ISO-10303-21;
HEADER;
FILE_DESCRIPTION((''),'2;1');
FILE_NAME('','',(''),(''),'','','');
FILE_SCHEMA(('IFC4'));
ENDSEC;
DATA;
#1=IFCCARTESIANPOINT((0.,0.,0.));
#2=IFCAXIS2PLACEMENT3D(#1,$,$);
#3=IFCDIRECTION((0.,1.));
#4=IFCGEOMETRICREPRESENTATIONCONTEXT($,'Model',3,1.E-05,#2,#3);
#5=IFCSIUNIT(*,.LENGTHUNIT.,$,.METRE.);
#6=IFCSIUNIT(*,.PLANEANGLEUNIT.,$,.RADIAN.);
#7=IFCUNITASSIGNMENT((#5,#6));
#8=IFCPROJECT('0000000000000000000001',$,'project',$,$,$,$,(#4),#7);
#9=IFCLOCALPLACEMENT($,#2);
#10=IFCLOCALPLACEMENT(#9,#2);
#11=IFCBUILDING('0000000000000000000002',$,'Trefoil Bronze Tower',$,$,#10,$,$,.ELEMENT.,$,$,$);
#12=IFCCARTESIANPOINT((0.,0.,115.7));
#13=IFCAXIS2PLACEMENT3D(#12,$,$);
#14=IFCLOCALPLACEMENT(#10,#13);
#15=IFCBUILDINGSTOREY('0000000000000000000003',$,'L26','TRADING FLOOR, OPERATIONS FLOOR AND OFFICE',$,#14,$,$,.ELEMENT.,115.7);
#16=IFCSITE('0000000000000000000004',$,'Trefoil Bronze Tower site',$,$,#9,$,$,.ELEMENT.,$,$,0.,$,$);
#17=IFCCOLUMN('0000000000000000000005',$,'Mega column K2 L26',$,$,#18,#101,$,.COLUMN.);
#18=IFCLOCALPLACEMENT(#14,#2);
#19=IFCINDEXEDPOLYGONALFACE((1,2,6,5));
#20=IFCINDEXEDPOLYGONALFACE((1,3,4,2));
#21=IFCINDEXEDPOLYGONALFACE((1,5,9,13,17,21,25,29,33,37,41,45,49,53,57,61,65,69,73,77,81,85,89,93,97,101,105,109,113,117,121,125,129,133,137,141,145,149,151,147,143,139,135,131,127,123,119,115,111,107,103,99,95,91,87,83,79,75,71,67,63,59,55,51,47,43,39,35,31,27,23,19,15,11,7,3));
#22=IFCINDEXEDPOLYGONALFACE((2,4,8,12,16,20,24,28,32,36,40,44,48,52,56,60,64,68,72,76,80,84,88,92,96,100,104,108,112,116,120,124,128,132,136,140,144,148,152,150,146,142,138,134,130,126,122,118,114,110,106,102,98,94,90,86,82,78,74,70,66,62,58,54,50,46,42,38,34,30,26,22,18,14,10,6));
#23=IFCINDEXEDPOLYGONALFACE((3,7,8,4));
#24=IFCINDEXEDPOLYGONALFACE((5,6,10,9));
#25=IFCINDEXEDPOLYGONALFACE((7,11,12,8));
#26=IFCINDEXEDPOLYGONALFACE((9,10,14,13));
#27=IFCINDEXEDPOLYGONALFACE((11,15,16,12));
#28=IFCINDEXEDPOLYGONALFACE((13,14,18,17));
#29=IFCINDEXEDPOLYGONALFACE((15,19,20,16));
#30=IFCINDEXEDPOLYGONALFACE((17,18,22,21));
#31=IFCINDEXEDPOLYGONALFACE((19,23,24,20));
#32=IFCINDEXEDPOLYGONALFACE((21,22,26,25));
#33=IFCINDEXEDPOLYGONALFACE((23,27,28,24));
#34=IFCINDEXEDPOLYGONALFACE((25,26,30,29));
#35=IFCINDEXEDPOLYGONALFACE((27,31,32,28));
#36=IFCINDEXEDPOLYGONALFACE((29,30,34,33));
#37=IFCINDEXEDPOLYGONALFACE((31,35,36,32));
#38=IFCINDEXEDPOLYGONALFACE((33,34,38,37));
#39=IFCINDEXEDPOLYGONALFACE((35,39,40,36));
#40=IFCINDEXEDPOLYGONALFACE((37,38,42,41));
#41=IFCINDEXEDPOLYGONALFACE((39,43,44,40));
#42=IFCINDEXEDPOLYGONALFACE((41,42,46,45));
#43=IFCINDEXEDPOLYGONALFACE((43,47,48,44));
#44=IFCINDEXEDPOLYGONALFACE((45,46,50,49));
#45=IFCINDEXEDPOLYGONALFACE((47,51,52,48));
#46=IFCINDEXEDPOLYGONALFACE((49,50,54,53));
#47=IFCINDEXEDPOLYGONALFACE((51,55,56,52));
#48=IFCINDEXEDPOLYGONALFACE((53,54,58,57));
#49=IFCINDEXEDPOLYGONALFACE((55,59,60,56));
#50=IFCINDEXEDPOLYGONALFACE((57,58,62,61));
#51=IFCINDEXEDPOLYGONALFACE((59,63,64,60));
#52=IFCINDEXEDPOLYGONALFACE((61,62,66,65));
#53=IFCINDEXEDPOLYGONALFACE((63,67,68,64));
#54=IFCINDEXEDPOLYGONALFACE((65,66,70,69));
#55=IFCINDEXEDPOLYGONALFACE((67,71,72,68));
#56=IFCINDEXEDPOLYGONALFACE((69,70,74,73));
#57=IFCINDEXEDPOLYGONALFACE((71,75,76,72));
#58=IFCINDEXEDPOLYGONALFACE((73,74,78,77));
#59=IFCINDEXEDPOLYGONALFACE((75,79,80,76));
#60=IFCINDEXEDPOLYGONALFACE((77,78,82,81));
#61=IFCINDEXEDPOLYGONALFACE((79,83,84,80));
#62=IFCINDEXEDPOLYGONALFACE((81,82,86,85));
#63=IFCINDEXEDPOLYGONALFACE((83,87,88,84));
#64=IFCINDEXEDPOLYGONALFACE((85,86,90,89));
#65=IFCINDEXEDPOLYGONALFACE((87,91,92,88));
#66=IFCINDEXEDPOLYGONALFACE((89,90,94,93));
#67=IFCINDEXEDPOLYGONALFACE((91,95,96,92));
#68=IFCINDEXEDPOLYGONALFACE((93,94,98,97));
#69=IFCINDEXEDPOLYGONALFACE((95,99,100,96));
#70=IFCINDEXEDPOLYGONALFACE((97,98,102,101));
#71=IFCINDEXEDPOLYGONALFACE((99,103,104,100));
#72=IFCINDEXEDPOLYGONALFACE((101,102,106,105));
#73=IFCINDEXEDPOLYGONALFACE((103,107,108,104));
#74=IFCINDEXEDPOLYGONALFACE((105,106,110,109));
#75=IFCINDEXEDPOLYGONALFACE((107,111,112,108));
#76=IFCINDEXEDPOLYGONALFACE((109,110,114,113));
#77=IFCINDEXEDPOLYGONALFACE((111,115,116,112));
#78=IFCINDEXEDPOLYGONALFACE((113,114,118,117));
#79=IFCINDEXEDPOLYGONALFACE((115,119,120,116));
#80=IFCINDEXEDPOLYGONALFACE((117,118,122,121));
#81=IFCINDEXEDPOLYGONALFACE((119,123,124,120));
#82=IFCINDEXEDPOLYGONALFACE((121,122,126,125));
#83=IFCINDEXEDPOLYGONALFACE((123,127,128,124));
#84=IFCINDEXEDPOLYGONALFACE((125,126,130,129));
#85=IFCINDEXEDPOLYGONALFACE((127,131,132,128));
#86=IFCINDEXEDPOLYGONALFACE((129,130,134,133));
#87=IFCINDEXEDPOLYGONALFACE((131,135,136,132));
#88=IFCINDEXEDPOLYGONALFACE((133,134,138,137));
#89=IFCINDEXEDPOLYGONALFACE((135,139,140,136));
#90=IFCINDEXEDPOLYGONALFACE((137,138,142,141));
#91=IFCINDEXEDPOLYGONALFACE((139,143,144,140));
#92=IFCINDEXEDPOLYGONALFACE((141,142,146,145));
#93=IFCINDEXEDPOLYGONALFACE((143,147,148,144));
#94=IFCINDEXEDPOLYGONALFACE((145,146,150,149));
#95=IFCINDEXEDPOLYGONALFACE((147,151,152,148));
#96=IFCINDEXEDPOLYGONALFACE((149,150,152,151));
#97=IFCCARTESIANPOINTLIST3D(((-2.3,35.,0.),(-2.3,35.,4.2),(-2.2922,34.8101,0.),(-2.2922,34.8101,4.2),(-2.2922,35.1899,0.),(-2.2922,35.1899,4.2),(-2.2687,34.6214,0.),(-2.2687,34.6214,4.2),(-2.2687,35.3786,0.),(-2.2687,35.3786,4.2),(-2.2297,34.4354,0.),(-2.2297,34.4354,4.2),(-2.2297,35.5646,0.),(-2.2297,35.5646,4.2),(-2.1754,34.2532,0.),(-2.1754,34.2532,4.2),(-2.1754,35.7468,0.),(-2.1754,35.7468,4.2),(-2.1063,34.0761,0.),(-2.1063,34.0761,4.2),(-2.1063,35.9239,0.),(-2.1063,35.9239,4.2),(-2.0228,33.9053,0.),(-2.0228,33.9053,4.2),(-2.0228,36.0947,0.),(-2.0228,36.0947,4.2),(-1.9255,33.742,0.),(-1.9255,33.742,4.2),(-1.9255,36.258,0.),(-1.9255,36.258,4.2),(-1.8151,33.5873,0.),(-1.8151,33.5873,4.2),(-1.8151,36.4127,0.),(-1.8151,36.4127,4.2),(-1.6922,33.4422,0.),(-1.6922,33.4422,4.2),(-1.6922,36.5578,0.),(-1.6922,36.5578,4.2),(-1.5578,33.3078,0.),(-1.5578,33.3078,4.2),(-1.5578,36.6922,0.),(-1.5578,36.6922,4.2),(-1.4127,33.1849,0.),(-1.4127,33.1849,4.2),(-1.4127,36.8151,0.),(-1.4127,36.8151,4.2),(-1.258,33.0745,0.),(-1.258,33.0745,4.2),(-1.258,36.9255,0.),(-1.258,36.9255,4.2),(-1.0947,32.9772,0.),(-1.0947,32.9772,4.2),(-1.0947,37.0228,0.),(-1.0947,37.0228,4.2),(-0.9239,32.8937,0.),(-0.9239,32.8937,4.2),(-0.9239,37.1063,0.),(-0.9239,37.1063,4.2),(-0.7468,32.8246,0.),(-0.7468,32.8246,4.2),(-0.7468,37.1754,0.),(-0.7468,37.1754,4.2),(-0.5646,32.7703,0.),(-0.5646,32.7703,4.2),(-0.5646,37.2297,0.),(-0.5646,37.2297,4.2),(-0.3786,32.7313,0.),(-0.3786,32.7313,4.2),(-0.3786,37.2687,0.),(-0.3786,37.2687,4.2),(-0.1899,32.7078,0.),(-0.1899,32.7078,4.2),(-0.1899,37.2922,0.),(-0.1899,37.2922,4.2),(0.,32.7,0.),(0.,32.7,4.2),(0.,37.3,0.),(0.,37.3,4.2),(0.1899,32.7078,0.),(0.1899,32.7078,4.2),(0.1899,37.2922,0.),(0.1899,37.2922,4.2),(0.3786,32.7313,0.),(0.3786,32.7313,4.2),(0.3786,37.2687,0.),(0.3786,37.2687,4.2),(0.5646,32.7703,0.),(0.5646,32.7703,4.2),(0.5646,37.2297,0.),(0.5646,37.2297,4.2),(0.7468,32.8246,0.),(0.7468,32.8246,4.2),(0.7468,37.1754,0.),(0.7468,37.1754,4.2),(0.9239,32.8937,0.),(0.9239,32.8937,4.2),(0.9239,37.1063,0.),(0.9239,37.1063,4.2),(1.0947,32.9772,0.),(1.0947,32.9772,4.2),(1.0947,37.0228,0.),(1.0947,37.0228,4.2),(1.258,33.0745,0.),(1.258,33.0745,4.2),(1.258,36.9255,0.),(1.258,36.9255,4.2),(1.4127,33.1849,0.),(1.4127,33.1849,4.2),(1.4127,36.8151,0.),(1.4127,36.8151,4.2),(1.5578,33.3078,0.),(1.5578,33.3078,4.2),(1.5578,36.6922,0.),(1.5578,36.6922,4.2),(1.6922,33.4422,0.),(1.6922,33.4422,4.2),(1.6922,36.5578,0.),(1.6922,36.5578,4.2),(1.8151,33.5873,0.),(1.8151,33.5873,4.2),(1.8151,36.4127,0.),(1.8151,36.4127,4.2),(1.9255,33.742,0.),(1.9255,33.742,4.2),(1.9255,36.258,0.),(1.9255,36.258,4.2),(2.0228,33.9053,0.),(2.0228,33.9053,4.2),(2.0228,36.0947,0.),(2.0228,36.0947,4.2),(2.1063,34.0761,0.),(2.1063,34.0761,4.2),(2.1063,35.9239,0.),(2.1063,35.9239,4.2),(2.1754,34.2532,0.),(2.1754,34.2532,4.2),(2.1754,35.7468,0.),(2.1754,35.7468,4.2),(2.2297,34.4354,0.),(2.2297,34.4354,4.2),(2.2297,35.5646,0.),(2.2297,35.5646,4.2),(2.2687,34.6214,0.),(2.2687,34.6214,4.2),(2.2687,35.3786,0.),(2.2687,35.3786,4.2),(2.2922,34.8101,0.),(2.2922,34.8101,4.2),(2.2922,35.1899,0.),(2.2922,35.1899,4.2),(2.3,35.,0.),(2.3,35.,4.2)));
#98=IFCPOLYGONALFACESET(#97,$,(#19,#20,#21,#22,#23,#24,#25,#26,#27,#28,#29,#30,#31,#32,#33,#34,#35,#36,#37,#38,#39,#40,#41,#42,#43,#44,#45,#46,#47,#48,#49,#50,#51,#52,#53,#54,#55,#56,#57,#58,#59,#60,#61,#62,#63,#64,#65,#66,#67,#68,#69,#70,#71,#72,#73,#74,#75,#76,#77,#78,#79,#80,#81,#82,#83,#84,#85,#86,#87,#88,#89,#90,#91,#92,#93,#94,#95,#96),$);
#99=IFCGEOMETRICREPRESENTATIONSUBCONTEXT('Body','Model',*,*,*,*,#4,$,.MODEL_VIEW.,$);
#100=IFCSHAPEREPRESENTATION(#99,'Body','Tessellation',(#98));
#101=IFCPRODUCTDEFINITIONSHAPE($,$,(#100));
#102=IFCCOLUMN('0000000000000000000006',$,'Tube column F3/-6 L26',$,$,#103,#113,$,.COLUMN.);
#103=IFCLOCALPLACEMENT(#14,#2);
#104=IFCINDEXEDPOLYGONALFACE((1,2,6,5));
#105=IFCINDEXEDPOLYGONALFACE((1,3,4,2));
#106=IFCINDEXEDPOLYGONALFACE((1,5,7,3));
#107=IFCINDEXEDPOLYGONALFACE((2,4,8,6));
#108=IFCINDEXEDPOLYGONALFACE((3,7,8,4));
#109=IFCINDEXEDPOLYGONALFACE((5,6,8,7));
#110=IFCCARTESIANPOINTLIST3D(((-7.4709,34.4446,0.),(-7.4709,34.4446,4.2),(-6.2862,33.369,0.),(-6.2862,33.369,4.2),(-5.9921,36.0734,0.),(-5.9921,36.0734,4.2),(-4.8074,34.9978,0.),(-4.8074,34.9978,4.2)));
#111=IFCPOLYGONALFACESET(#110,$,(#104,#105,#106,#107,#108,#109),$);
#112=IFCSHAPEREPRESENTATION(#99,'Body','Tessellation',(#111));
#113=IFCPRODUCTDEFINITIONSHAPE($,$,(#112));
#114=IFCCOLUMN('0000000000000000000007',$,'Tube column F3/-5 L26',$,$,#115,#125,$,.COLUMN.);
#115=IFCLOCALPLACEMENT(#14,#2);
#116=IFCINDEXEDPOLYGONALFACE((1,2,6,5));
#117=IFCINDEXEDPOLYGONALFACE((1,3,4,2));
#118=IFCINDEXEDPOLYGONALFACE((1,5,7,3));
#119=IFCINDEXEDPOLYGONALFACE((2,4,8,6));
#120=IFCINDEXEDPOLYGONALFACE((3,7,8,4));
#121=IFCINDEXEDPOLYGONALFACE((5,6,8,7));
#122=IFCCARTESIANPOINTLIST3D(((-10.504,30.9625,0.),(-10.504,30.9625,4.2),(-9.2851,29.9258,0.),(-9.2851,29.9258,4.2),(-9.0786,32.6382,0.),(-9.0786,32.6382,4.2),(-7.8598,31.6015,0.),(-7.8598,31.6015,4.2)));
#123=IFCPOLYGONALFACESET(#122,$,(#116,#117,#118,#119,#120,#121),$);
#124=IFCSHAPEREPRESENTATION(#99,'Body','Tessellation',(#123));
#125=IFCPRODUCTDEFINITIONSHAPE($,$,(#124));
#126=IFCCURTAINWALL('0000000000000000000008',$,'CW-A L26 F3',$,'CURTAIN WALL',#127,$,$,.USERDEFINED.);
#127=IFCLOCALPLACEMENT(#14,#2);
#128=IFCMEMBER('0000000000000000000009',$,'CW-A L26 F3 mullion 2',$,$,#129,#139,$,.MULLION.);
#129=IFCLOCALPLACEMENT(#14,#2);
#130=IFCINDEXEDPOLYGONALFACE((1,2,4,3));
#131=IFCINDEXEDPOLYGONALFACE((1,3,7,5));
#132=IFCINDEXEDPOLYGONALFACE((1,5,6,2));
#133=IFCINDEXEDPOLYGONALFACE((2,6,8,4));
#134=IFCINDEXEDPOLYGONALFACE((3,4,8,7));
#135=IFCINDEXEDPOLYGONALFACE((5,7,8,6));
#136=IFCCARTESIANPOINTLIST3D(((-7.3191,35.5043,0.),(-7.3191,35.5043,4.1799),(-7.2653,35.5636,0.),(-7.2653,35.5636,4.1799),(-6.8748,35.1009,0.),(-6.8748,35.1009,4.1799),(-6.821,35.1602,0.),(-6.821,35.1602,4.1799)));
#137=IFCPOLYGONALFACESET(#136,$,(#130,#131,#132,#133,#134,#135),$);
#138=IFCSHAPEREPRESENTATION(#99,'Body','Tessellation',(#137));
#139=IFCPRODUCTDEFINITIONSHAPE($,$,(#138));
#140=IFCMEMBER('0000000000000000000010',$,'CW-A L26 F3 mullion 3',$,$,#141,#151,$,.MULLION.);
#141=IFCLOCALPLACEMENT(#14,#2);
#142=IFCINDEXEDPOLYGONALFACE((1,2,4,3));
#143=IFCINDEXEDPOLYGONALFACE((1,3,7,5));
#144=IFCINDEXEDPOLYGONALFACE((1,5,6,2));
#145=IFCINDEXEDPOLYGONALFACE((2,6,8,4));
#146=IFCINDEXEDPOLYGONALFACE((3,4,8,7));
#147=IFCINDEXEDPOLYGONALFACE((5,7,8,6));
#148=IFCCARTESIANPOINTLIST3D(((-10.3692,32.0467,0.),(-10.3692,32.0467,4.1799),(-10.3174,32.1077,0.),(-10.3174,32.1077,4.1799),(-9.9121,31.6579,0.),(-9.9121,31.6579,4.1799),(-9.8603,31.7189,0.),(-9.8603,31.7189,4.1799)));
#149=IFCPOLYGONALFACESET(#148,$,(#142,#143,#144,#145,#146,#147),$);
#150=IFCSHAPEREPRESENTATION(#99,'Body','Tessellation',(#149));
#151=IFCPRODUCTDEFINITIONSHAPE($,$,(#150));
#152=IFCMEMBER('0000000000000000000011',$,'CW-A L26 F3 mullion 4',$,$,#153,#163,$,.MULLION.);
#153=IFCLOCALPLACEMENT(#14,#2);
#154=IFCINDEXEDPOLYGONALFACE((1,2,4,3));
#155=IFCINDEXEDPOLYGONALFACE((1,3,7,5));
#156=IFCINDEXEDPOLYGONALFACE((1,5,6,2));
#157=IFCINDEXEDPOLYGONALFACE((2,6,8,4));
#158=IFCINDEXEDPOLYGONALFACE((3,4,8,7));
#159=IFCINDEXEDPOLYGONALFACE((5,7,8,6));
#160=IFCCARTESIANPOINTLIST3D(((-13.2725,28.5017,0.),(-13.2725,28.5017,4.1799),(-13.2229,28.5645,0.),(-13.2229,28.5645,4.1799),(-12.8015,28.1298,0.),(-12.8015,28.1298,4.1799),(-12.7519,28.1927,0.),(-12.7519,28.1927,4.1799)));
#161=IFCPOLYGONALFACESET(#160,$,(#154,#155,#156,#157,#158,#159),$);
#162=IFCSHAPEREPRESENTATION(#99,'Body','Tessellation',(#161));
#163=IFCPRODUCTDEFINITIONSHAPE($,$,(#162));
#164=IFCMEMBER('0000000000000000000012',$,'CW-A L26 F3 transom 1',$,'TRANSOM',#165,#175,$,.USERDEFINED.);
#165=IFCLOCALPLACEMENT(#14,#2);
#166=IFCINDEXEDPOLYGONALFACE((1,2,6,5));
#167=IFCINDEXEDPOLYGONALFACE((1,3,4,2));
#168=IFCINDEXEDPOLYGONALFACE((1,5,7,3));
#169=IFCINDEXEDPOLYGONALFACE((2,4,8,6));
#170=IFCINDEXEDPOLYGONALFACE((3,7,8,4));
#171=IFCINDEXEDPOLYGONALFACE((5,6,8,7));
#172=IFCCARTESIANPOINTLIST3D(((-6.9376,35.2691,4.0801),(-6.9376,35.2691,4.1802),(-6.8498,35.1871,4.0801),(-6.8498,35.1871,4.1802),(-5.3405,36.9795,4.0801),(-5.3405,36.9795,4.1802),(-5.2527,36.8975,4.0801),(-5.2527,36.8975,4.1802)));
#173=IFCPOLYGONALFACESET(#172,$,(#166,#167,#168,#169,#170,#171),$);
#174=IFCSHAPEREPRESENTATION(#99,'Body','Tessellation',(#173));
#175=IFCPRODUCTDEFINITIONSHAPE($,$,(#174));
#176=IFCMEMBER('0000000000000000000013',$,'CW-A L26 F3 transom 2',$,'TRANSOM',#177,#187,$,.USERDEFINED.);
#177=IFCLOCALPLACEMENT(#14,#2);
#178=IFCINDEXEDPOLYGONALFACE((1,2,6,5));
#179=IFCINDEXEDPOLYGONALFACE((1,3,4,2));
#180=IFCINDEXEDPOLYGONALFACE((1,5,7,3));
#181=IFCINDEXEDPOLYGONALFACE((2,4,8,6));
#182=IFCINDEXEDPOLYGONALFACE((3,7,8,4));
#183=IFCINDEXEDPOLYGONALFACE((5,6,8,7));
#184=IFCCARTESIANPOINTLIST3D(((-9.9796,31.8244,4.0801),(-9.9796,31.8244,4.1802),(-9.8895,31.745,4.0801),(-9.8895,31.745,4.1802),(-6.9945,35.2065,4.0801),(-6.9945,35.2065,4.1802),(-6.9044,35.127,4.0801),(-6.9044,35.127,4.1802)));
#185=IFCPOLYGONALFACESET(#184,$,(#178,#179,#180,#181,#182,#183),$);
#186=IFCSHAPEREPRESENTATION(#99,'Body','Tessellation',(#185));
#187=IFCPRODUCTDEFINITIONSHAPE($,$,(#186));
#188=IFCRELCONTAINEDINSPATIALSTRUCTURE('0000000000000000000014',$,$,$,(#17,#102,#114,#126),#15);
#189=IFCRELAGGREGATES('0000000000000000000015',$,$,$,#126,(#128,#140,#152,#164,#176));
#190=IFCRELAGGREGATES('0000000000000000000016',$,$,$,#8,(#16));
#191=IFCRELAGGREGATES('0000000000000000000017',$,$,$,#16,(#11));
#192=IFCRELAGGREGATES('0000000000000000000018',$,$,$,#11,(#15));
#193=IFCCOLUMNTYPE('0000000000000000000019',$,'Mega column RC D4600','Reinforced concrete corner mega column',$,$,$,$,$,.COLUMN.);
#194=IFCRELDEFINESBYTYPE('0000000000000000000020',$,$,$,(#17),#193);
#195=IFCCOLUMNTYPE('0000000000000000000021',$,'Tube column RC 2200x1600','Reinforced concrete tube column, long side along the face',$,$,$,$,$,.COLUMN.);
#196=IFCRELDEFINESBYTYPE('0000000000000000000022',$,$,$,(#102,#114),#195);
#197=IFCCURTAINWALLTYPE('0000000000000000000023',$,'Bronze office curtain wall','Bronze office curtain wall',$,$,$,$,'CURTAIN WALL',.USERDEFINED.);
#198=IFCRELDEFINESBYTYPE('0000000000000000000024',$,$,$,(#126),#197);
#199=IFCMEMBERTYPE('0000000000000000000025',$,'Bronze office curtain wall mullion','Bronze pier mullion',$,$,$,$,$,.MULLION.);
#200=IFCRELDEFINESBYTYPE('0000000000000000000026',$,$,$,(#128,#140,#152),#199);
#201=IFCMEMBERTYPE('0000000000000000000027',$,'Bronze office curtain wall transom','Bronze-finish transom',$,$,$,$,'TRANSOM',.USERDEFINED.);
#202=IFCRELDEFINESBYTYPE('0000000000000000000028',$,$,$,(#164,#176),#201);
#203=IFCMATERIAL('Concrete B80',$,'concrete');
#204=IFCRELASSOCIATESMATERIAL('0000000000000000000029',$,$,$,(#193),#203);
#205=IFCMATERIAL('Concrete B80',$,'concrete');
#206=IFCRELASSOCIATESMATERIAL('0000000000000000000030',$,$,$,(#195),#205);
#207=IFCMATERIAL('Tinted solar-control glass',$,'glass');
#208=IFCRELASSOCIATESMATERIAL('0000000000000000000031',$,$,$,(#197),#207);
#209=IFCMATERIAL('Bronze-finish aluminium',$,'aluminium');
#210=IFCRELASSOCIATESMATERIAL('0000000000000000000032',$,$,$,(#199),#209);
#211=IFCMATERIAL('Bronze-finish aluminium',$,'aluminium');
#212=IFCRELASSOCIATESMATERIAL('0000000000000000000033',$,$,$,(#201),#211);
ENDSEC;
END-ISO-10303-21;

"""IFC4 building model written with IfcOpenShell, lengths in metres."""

from ifc_helpers import new_model, si_unit, direction, frame, origin, origin_2d, place, context, subcontext, project, spatial, rectangle, circle, extrude, material, material_profile, profile_set, type_object, element, aggregate, save


model = new_model("IFC4")

# Units and contexts
model_context = context("Model", 3, precision=1e-05, world=origin(), true_north=direction((0.0, 1.0)))
body_context = subcontext(model_context, "Body", "Model", "MODEL_VIEW")
ifc_project = project(units=[si_unit("LENGTHUNIT", "METRE"), si_unit("PLANEANGLEUNIT", "RADIAN")], contexts=[model_context])

# Site, building, storey
site_placement = place(None, origin())
site = spatial("IfcSite", under=ifc_project, at=site_placement, Name="Trefoil Bronze Tower site", CompositionType="ELEMENT", RefElevation=0.0)
building_placement = place(site_placement, origin())
building = spatial("IfcBuilding", under=site, at=building_placement, Name="Trefoil Bronze Tower", CompositionType="ELEMENT")
storey_placement = place(building_placement, frame((0.0, 0.0, 115.7)))
storey = spatial("IfcBuildingStorey", under=building, at=storey_placement, Name="L26", Description="TRADING FLOOR, OPERATIONS FLOOR AND OFFICE", CompositionType="ELEMENT", Elevation=115.7)

# Columns
ifc_material_1 = material(Name="Concrete B80", Category="concrete")
ifc_material_profile_1 = material_profile(ifc_material_1, circle(Radius=2.3, at=origin_2d()), Name="RC D4600")
ifc_profile_set_1 = profile_set([ifc_material_profile_1], Name="Concrete B80")
column_type_1 = type_object("IfcColumnType", Name="Mega column RC D4600", Description="Reinforced concrete corner mega column", PredefinedType="COLUMN", material=ifc_profile_set_1)
column_placement = place(storey_placement, frame((0.0, 35.0, 0.0), z_axis=(0.0, 0.0, 1.0), x_axis=(1.0, 0.0, 0.0)))
element("IfcColumn", 1, at=column_placement, inside=storey, type_object=column_type_1, Name="Mega column K2 L26", PredefinedType="COLUMN", context=body_context, shape_type="SweptSolid", body=[
    extrude(circle(Radius=2.3, at=origin_2d()), origin(), (0.0, 0.0, 1.0), 4.2),
])
ifc_material_2 = material(Name="Concrete B80", Category="concrete")
ifc_material_profile_2 = material_profile(ifc_material_2, rectangle(XDim=2.2, YDim=1.6001, at=origin_2d()), Name="RC 2200x1600")
ifc_profile_set_2 = profile_set([ifc_material_profile_2], Name="Concrete B80")
column_type_2 = type_object("IfcColumnType", Name="Tube column RC 2200x1600", Description="Reinforced concrete tube column, long side along the face", PredefinedType="COLUMN", material=ifc_profile_set_2)
for number, where, z_axis, x_axis, name in (
    (2, (-6.1392, 34.7212, 0.0), (0.0, 0.0, 1.0), (-0.67221, -0.740361, 0.0), "Tube column F3/-6 L26"),
    (3, (-9.1819, 31.282, 0.0), (0.0, 0.0, 1.0), (-0.647904, -0.761722, 0.0), "Tube column F3/-5 L26"),
):
    element("IfcColumn", number, at=place(storey_placement, frame(where, z_axis=z_axis, x_axis=x_axis)), inside=storey, type_object=column_type_2, Name=name, PredefinedType="COLUMN", context=body_context, shape_type="SweptSolid", body=[
        extrude(rectangle(XDim=2.2, YDim=1.6001, at=origin_2d()), origin(), (0.0, 0.0, 1.0), 4.2),
    ])

# Curtain wall, members
ifc_material_3 = material(Name="Tinted solar-control glass", Category="glass")
curtain_wall_type_1 = type_object("IfcCurtainWallType", Name="Bronze office curtain wall", Description="Bronze office curtain wall", ElementType="CURTAIN WALL", PredefinedType="USERDEFINED", material=ifc_material_3)
curtain_wall_1_placement = place(storey_placement, origin())
curtain_wall_1 = element("IfcCurtainWall", 4, at=curtain_wall_1_placement, inside=storey, type_object=curtain_wall_type_1, Name="CW-A L26 F3", ObjectType="CURTAIN WALL", PredefinedType="USERDEFINED")
ifc_material_4 = material(Name="Bronze-finish aluminium", Category="aluminium")
ifc_material_profile_3 = material_profile(ifc_material_4, rectangle(XDim=0.6001, YDim=0.0801, at=origin_2d()), Name="CW-A mullion")
ifc_profile_set_3 = profile_set([ifc_material_profile_3], Name="Bronze-finish aluminium")
member_type_1 = type_object("IfcMemberType", Name="Bronze office curtain wall mullion", Description="Bronze pier mullion", PredefinedType="MULLION", material=ifc_profile_set_3)
member_1_placement = place(storey_placement, frame((-7.0701, 35.3323, 0.0), z_axis=(0.0, 0.0, 1.0), x_axis=(0.740361, -0.67221, 0.0)))
member_1 = element("IfcMember", 5, at=member_1_placement, type_object=member_type_1, Name="CW-A L26 F3 mullion 2", PredefinedType="MULLION", context=body_context, shape_type="SweptSolid", body=[
    extrude(rectangle(XDim=0.6001, YDim=0.0801, at=origin_2d()), origin(), (0.0, 0.0, 1.0), 4.1799),
])
member_2_placement = place(storey_placement, frame((-10.1147, 31.8828, 0.0), z_axis=(0.0, 0.0, 1.0), x_axis=(0.761722, -0.647904, 0.0)))
member_2 = element("IfcMember", 6, at=member_2_placement, type_object=member_type_1, Name="CW-A L26 F3 mullion 3", PredefinedType="MULLION", context=body_context, shape_type="SweptSolid", body=[
    extrude(rectangle(XDim=0.6001, YDim=0.0801, at=origin_2d()), origin(), (0.0, 0.0, 1.0), 4.1799),
])
member_3_placement = place(storey_placement, frame((-13.0122, 28.3472, 0.0), z_axis=(0.0, 0.0, 1.0), x_axis=(0.784879, -0.619649, 0.0)))
member_3 = element("IfcMember", 7, at=member_3_placement, type_object=member_type_1, Name="CW-A L26 F3 mullion 4", PredefinedType="MULLION", context=body_context, shape_type="SweptSolid", body=[
    extrude(rectangle(XDim=0.6001, YDim=0.0801, at=origin_2d()), origin(), (0.0, 0.0, 1.0), 4.1799),
])
ifc_material_5 = material(Name="Bronze-finish aluminium", Category="aluminium")
ifc_material_profile_4 = material_profile(ifc_material_5, rectangle(XDim=0.1201, YDim=0.1001, at=origin_2d()), Name="CW-A transom")
ifc_profile_set_4 = profile_set([ifc_material_profile_4], Name="Bronze-finish aluminium")
member_type_2 = type_object("IfcMemberType", Name="Bronze office curtain wall transom", Description="Bronze-finish transom", ElementType="TRANSOM", PredefinedType="USERDEFINED", material=ifc_profile_set_4)
member_4_placement = place(storey_placement, frame((-5.2966, 36.9385, 4.1301), z_axis=(-0.682489, -0.730896, 0.0), x_axis=(0.730896, -0.682489, 0.0)))
member_4 = element("IfcMember", 8, at=member_4_placement, type_object=member_type_2, Name="CW-A L26 F3 transom 1", ObjectType="TRANSOM", PredefinedType="USERDEFINED", context=body_context, shape_type="SweptSolid", body=[
    extrude(rectangle(XDim=0.1201, YDim=0.1001, at=origin_2d()), origin(), (0.0, 0.0, 1.0), 2.3401),
])
member_5_placement = place(storey_placement, frame((-6.9495, 35.1667, 4.1301), z_axis=(-0.661736, -0.749737, 0.0), x_axis=(0.749737, -0.661736, 0.0)))
member_5 = element("IfcMember", 9, at=member_5_placement, type_object=member_type_2, Name="CW-A L26 F3 transom 2", ObjectType="TRANSOM", PredefinedType="USERDEFINED", context=body_context, shape_type="SweptSolid", body=[
    extrude(rectangle(XDim=0.1201, YDim=0.1001, at=origin_2d()), origin(), (0.0, 0.0, 1.0), 4.511),
])

aggregate(curtain_wall_1, [member_1, member_2, member_3, member_4, member_5])

save(model, "model.ifc")
